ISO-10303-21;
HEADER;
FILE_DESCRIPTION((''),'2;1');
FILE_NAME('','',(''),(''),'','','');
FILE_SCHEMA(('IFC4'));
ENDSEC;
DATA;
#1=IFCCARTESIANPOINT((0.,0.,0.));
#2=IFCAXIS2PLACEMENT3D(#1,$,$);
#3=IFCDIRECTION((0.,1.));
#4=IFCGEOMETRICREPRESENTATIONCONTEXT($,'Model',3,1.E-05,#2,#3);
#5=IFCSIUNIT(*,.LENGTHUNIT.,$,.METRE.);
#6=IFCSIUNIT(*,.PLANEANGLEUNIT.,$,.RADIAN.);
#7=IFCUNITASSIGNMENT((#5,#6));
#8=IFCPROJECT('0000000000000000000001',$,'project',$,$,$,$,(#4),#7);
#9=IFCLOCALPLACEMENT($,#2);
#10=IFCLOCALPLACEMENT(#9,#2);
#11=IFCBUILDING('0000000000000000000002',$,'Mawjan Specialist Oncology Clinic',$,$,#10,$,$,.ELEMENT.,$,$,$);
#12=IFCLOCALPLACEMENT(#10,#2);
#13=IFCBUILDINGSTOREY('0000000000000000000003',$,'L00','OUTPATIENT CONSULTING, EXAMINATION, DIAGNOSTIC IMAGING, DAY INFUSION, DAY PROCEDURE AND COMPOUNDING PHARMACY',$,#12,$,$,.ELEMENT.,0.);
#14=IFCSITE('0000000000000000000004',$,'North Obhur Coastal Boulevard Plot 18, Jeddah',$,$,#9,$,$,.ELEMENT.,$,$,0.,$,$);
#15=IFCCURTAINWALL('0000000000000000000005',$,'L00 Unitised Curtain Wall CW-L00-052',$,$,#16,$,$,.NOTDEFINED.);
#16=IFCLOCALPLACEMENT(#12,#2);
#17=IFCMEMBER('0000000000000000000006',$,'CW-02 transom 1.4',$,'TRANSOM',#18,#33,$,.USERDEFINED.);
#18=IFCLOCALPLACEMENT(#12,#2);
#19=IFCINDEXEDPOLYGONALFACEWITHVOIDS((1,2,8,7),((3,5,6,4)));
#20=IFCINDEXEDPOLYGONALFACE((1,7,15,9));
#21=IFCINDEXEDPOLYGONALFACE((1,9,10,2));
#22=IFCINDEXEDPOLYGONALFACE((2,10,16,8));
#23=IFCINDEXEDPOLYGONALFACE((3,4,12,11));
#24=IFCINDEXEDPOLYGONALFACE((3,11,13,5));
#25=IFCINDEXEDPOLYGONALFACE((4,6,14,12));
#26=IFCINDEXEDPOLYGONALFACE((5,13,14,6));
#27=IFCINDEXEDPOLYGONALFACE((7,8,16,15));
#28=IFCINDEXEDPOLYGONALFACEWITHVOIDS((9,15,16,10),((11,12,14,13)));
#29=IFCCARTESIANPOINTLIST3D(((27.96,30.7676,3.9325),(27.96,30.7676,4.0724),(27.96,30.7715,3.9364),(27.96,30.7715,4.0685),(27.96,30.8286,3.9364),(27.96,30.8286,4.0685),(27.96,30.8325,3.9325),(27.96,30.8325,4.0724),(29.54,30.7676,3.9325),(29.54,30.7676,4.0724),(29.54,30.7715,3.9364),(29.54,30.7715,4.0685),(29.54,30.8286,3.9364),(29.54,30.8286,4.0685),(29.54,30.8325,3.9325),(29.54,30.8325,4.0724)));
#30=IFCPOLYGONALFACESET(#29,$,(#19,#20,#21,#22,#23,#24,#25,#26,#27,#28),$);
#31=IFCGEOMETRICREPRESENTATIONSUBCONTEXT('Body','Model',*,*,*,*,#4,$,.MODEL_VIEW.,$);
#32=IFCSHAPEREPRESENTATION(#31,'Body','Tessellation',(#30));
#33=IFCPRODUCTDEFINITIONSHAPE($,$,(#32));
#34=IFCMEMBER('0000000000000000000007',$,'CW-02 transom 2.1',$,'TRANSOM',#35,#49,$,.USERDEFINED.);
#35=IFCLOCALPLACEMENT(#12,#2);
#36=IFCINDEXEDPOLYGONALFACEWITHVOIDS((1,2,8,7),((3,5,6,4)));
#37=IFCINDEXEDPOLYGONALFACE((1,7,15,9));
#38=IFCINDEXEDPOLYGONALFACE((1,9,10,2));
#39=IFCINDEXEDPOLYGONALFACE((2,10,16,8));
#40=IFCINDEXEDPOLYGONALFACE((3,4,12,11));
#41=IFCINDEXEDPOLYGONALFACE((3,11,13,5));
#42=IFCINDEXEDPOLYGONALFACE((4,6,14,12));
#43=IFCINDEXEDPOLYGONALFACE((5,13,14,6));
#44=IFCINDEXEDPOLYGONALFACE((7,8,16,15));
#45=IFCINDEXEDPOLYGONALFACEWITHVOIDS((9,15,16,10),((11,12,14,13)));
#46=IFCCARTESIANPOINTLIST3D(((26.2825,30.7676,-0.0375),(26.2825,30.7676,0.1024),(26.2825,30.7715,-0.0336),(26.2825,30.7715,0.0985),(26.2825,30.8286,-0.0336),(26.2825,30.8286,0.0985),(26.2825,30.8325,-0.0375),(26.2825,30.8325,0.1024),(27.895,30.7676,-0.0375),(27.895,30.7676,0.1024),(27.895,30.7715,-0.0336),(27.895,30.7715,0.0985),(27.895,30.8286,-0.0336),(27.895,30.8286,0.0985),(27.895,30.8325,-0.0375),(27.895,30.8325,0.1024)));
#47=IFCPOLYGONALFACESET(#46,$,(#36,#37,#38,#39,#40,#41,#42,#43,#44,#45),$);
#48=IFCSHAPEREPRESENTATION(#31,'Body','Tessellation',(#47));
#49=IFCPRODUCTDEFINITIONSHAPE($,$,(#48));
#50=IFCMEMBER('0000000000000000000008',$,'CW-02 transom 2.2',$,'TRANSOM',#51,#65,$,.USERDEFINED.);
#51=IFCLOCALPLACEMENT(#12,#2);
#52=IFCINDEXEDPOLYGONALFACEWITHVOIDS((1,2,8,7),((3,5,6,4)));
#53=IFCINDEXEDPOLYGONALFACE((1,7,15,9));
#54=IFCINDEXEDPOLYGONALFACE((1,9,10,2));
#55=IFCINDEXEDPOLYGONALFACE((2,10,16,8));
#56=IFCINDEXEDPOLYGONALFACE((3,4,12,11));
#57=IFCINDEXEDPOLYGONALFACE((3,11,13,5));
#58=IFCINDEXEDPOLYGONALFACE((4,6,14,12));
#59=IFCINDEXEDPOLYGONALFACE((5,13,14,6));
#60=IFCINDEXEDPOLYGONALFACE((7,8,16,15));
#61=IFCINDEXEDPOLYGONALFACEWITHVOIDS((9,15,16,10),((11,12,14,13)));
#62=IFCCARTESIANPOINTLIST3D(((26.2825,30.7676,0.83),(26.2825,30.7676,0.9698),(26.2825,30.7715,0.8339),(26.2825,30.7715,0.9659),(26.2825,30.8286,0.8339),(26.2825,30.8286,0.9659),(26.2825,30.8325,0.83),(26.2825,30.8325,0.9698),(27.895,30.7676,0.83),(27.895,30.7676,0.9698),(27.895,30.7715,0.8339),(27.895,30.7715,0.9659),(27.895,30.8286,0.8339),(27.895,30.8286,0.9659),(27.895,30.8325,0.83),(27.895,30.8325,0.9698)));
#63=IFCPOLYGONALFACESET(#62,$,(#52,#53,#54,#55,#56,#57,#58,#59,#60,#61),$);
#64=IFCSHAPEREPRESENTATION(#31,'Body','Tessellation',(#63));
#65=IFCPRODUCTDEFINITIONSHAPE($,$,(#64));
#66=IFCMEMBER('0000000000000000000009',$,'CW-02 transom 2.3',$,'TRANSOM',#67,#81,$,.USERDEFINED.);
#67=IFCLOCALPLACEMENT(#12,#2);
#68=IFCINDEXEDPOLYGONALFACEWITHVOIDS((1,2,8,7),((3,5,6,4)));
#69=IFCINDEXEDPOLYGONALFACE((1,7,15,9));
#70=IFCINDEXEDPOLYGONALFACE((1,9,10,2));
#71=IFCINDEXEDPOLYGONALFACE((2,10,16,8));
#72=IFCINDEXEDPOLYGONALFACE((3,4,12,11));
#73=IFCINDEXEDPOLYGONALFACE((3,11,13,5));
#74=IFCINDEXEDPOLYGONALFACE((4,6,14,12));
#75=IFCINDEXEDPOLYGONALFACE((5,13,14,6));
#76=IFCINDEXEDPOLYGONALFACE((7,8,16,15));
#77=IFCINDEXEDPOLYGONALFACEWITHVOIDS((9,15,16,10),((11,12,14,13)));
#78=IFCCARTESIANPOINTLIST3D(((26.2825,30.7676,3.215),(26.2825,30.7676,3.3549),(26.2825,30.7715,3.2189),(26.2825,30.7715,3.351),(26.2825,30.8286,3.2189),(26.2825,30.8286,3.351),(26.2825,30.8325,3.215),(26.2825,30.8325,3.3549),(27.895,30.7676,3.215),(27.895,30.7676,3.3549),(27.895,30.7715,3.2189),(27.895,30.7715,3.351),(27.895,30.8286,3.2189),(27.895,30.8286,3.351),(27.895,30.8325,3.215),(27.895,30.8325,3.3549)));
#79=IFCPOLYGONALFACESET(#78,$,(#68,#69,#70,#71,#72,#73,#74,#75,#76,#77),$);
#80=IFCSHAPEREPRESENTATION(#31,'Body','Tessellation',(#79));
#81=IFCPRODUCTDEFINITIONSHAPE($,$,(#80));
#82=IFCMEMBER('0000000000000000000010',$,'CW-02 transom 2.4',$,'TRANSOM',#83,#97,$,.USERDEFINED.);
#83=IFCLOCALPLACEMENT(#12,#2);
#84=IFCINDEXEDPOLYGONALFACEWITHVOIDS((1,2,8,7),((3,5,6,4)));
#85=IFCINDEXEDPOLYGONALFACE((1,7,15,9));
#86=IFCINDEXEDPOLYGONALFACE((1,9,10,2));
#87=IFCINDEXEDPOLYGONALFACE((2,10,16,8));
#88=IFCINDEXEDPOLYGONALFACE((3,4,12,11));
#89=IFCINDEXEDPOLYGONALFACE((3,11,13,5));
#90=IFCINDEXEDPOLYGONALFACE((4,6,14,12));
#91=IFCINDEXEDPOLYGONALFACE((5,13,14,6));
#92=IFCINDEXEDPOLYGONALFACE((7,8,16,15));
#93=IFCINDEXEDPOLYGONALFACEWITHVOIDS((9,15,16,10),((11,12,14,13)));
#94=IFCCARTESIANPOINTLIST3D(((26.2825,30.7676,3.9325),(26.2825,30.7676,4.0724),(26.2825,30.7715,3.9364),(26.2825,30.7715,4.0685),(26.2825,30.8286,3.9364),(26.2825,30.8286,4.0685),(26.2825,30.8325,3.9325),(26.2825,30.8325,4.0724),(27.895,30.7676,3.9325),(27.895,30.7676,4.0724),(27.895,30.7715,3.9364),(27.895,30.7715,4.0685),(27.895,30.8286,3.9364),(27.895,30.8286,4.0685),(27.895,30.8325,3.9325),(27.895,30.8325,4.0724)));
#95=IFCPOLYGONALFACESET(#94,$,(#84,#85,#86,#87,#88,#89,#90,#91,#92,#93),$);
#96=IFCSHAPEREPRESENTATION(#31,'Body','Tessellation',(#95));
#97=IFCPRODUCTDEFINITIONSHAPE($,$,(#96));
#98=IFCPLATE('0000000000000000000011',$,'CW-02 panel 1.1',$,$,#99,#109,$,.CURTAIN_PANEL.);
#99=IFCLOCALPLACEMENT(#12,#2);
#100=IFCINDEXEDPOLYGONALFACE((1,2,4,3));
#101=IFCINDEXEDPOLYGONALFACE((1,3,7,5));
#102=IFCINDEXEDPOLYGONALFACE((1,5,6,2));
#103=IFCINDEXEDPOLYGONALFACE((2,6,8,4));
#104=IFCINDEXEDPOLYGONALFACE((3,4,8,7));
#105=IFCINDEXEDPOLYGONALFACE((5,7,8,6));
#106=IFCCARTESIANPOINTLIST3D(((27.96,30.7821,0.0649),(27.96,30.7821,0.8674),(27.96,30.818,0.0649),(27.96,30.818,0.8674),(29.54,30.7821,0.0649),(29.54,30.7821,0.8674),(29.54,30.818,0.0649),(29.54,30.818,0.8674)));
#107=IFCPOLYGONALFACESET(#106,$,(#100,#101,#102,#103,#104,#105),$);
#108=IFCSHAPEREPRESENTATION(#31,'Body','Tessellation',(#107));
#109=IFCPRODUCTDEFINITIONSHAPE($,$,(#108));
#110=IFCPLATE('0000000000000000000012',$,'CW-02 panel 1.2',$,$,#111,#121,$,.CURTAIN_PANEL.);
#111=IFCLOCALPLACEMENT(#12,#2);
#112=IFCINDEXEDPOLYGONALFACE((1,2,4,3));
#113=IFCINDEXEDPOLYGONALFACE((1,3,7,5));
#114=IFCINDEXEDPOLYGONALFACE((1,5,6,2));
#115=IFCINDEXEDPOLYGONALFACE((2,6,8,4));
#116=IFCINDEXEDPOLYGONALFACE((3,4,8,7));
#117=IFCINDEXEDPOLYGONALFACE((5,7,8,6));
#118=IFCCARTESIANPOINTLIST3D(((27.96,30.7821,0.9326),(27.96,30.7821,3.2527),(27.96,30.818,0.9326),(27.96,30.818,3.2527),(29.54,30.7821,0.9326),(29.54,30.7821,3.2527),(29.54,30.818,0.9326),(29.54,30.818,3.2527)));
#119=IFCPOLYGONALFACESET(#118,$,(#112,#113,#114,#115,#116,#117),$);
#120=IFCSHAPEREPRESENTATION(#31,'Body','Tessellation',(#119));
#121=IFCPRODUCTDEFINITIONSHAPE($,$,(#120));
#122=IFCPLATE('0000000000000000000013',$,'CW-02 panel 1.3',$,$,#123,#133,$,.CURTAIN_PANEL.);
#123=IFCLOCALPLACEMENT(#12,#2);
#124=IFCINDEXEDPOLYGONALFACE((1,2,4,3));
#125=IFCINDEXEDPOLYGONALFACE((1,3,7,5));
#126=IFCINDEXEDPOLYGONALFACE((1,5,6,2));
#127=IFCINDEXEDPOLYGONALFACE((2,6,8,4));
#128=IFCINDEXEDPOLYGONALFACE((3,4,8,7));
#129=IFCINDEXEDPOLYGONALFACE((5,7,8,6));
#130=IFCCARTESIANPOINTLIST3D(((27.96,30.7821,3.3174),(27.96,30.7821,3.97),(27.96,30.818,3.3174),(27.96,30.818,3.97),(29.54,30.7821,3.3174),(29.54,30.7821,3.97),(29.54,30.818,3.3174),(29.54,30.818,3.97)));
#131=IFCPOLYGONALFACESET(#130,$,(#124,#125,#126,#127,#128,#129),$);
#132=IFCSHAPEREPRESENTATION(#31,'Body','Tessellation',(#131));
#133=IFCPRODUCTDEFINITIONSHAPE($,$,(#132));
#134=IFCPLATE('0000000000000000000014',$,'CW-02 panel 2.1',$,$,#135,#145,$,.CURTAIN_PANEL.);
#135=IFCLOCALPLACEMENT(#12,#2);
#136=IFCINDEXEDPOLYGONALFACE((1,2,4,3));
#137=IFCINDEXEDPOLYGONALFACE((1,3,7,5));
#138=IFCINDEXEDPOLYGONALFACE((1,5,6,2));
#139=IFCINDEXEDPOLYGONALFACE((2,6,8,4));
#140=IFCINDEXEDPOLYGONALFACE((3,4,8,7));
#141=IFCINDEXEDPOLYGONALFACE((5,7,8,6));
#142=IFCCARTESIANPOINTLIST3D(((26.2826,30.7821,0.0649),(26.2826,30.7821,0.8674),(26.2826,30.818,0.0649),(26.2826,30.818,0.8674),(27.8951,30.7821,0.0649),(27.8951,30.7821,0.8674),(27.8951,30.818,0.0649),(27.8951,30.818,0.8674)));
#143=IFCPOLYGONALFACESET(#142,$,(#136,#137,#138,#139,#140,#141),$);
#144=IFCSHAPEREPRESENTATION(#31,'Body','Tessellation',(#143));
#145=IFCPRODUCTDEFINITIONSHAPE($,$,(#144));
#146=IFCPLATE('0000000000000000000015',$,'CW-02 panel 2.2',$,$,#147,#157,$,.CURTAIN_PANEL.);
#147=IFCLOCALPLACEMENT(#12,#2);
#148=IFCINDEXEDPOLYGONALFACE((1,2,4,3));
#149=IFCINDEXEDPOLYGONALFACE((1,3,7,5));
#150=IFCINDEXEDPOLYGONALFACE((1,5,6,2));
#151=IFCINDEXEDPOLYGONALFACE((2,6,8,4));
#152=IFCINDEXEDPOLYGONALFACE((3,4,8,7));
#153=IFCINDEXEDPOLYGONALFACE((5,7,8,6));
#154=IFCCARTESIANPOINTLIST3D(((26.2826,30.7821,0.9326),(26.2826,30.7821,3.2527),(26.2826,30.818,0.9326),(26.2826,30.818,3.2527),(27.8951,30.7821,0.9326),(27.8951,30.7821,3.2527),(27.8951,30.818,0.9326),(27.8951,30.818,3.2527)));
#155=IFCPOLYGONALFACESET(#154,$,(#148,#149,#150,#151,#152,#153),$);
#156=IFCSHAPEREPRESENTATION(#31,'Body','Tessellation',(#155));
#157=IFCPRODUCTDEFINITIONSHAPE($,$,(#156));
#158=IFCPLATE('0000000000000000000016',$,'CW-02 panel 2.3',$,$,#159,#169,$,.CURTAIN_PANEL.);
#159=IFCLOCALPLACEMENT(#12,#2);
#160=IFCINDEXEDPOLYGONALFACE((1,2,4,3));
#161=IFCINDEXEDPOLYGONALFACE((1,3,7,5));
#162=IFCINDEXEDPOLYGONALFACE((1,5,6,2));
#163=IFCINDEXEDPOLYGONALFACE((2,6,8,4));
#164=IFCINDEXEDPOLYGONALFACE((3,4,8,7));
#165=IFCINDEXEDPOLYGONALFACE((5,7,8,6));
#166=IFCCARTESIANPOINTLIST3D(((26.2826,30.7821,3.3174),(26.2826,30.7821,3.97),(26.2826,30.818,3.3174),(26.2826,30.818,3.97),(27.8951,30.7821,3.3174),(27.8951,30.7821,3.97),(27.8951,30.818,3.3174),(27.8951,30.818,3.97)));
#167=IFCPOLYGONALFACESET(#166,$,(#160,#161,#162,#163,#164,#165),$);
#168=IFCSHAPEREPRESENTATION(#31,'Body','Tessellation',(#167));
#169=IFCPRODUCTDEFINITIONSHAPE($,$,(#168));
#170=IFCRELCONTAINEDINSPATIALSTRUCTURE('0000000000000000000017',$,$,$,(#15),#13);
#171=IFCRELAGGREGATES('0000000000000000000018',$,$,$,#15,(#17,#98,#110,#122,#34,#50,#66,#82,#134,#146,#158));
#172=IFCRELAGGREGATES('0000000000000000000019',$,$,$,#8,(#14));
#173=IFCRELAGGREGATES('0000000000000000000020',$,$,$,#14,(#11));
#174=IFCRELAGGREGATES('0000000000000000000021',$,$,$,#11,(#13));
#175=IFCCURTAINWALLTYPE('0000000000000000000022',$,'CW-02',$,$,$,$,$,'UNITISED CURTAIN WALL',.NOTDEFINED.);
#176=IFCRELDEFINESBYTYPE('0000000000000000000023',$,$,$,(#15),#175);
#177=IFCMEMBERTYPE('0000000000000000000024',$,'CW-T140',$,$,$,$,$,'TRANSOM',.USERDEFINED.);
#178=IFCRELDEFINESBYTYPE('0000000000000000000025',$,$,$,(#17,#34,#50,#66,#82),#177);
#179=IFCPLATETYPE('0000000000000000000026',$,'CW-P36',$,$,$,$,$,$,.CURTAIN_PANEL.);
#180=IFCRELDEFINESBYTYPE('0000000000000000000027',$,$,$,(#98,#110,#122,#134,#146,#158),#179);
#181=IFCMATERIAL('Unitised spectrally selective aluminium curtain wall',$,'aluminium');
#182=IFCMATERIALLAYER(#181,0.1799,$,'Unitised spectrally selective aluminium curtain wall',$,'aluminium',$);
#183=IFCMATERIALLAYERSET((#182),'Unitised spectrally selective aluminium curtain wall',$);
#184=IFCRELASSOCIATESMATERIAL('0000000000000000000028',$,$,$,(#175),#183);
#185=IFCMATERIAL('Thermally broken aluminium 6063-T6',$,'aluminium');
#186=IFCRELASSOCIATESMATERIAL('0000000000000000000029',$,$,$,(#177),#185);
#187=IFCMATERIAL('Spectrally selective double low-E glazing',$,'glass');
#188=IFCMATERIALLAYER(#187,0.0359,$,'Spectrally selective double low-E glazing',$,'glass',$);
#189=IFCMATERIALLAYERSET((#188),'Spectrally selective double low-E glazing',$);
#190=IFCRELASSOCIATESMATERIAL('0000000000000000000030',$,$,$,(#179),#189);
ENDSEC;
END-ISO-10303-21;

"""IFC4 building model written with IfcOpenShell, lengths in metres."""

from ifc_helpers import new_model, si_unit, direction, frame, origin, origin_2d, place, context, subcontext, project, spatial, rectangle, hollow_rectangle, extrude, material, layer, layer_set, material_profile, profile_set, type_object, element, aggregate, save


model = new_model("IFC4")

# Units and contexts
model_context = context("Model", 3, precision=1e-05, world=origin(), true_north=direction((0.0, 1.0)))
body_context = subcontext(model_context, "Body", "Model", "MODEL_VIEW")
ifc_project = project(units=[si_unit("LENGTHUNIT", "METRE"), si_unit("PLANEANGLEUNIT", "RADIAN")], contexts=[model_context])

# Site, building, storey
site_placement = place(None, origin())
site = spatial("IfcSite", under=ifc_project, at=site_placement, Name="North Obhur Coastal Boulevard Plot 18, Jeddah", CompositionType="ELEMENT", RefElevation=0.0)
building_placement = place(site_placement, origin())
building = spatial("IfcBuilding", under=site, at=building_placement, Name="Mawjan Specialist Oncology Clinic", CompositionType="ELEMENT")
storey_placement = place(building_placement, origin())
storey = spatial("IfcBuildingStorey", under=building, at=storey_placement, Name="L00", Description="OUTPATIENT CONSULTING, EXAMINATION, DIAGNOSTIC IMAGING, DAY INFUSION, DAY PROCEDURE AND COMPOUNDING PHARMACY", CompositionType="ELEMENT", Elevation=0.0)

# Curtain wall, members, plates
ifc_material_1 = material(Name="Unitised spectrally selective aluminium curtain wall", Category="aluminium")
ifc_layer_1 = layer(ifc_material_1, 0.1799, Name="Unitised spectrally selective aluminium curtain wall", Category="aluminium")
ifc_layer_set_1 = layer_set([ifc_layer_1], Name="Unitised spectrally selective aluminium curtain wall")
curtain_wall_type = type_object("IfcCurtainWallType", Name="CW-02", ElementType="UNITISED CURTAIN WALL", PredefinedType="NOTDEFINED", material=ifc_layer_set_1)
curtain_wall_placement = place(storey_placement, origin())
curtain_wall = element("IfcCurtainWall", 1, at=curtain_wall_placement, inside=storey, type_object=curtain_wall_type, Name="L00 Unitised Curtain Wall CW-L00-052", PredefinedType="NOTDEFINED")
ifc_material_2 = material(Name="Thermally broken aluminium 6063-T6", Category="aluminium")
ifc_material_profile_1 = material_profile(ifc_material_2, hollow_rectangle(XDim=0.0649, YDim=0.1399, WallThickness=0.0039, at=origin_2d()), Name="ALU TRANSOM 140x65x4", Category="aluminium")
ifc_profile_set_1 = profile_set([ifc_material_profile_1], Name="Thermally broken aluminium 6063-T6")
member_type_1 = type_object("IfcMemberType", Name="CW-T140", ElementType="TRANSOM", PredefinedType="USERDEFINED", material=ifc_profile_set_1)
member_1_placement = place(storey_placement, frame((29.54, 30.8, 4.0024), z_axis=(-1.0, 0.0, 0.0), x_axis=(0.0, -1.0, 0.0)))
member_1 = element("IfcMember", 2, at=member_1_placement, type_object=member_type_1, Name="CW-02 transom 1.4", ObjectType="TRANSOM", PredefinedType="USERDEFINED", context=body_context, shape_type="SweptSolid", body=[
    extrude(hollow_rectangle(XDim=0.0649, YDim=0.1399, WallThickness=0.0039, at=origin_2d()), origin(), (0.0, 0.0, 1.0), 1.5801),
])
member_2_placement = place(storey_placement, frame((27.895, 30.8, 0.0325), z_axis=(-1.0, 0.0, 0.0), x_axis=(0.0, -1.0, 0.0)))
member_2 = element("IfcMember", 3, at=member_2_placement, type_object=member_type_1, Name="CW-02 transom 2.1", ObjectType="TRANSOM", PredefinedType="USERDEFINED", context=body_context, shape_type="SweptSolid", body=[
    extrude(hollow_rectangle(XDim=0.0649, YDim=0.1399, WallThickness=0.0039, at=origin_2d()), origin(), (0.0, 0.0, 1.0), 1.6125),
])
member_3_placement = place(storey_placement, frame((27.895, 30.8, 0.8999), z_axis=(-1.0, 0.0, 0.0), x_axis=(0.0, -1.0, 0.0)))
member_3 = element("IfcMember", 4, at=member_3_placement, type_object=member_type_1, Name="CW-02 transom 2.2", ObjectType="TRANSOM", PredefinedType="USERDEFINED", context=body_context, shape_type="SweptSolid", body=[
    extrude(hollow_rectangle(XDim=0.0649, YDim=0.1399, WallThickness=0.0039, at=origin_2d()), origin(), (0.0, 0.0, 1.0), 1.6125),
])
member_4_placement = place(storey_placement, frame((27.895, 30.8, 3.2849), z_axis=(-1.0, 0.0, 0.0), x_axis=(0.0, -1.0, 0.0)))
member_4 = element("IfcMember", 5, at=member_4_placement, type_object=member_type_1, Name="CW-02 transom 2.3", ObjectType="TRANSOM", PredefinedType="USERDEFINED", context=body_context, shape_type="SweptSolid", body=[
    extrude(hollow_rectangle(XDim=0.0649, YDim=0.1399, WallThickness=0.0039, at=origin_2d()), origin(), (0.0, 0.0, 1.0), 1.6125),
])
member_5_placement = place(storey_placement, frame((27.895, 30.8, 4.0024), z_axis=(-1.0, 0.0, 0.0), x_axis=(0.0, -1.0, 0.0)))
member_5 = element("IfcMember", 6, at=member_5_placement, type_object=member_type_1, Name="CW-02 transom 2.4", ObjectType="TRANSOM", PredefinedType="USERDEFINED", context=body_context, shape_type="SweptSolid", body=[
    extrude(hollow_rectangle(XDim=0.0649, YDim=0.1399, WallThickness=0.0039, at=origin_2d()), origin(), (0.0, 0.0, 1.0), 1.6125),
])
ifc_material_3 = material(Name="Spectrally selective double low-E glazing", Category="glass")
ifc_layer_2 = layer(ifc_material_3, 0.0359, Name="Spectrally selective double low-E glazing", Category="glass")
ifc_layer_set_2 = layer_set([ifc_layer_2], Name="Spectrally selective double low-E glazing")
plate_type = type_object("IfcPlateType", Name="CW-P36", PredefinedType="CURTAIN_PANEL", material=ifc_layer_set_2)
plate_1_placement = place(storey_placement, frame((28.75, 30.8, 0.0649), z_axis=(0.0, 0.0, 1.0), x_axis=(-1.0, 0.0, 0.0)))
plate_1 = element("IfcPlate", 7, at=plate_1_placement, type_object=plate_type, Name="CW-02 panel 1.1", PredefinedType="CURTAIN_PANEL", context=body_context, shape_type="SweptSolid", body=[
    extrude(rectangle(XDim=1.5801, YDim=0.0359, at=origin_2d()), origin(), (0.0, 0.0, 1.0), 0.8025),
])
plate_2_placement = place(storey_placement, frame((28.75, 30.8, 0.9326), z_axis=(0.0, 0.0, 1.0), x_axis=(-1.0, 0.0, 0.0)))
plate_2 = element("IfcPlate", 8, at=plate_2_placement, type_object=plate_type, Name="CW-02 panel 1.2", PredefinedType="CURTAIN_PANEL", context=body_context, shape_type="SweptSolid", body=[
    extrude(rectangle(XDim=1.5801, YDim=0.0359, at=origin_2d()), origin(), (0.0, 0.0, 1.0), 2.3201),
])
plate_3_placement = place(storey_placement, frame((28.75, 30.8, 3.3174), z_axis=(0.0, 0.0, 1.0), x_axis=(-1.0, 0.0, 0.0)))
plate_3 = element("IfcPlate", 9, at=plate_3_placement, type_object=plate_type, Name="CW-02 panel 1.3", PredefinedType="CURTAIN_PANEL", context=body_context, shape_type="SweptSolid", body=[
    extrude(rectangle(XDim=1.5801, YDim=0.0359, at=origin_2d()), origin(), (0.0, 0.0, 1.0), 0.6526),
])
plate_4_placement = place(storey_placement, frame((27.0889, 30.8, 0.0649), z_axis=(0.0, 0.0, 1.0), x_axis=(-1.0, 0.0, 0.0)))
plate_4 = element("IfcPlate", 10, at=plate_4_placement, type_object=plate_type, Name="CW-02 panel 2.1", PredefinedType="CURTAIN_PANEL", context=body_context, shape_type="SweptSolid", body=[
    extrude(rectangle(XDim=1.6125, YDim=0.0359, at=origin_2d()), origin(), (0.0, 0.0, 1.0), 0.8025),
])
plate_5_placement = place(storey_placement, frame((27.0889, 30.8, 0.9326), z_axis=(0.0, 0.0, 1.0), x_axis=(-1.0, 0.0, 0.0)))
plate_5 = element("IfcPlate", 11, at=plate_5_placement, type_object=plate_type, Name="CW-02 panel 2.2", PredefinedType="CURTAIN_PANEL", context=body_context, shape_type="SweptSolid", body=[
    extrude(rectangle(XDim=1.6125, YDim=0.0359, at=origin_2d()), origin(), (0.0, 0.0, 1.0), 2.3201),
])
plate_6_placement = place(storey_placement, frame((27.0889, 30.8, 3.3174), z_axis=(0.0, 0.0, 1.0), x_axis=(-1.0, 0.0, 0.0)))
plate_6 = element("IfcPlate", 12, at=plate_6_placement, type_object=plate_type, Name="CW-02 panel 2.3", PredefinedType="CURTAIN_PANEL", context=body_context, shape_type="SweptSolid", body=[
    extrude(rectangle(XDim=1.6125, YDim=0.0359, at=origin_2d()), origin(), (0.0, 0.0, 1.0), 0.6526),
])
aggregate(curtain_wall, [member_1, plate_1, plate_2, plate_3, member_2, member_3, member_4, member_5, plate_4, plate_5, plate_6])

save(model, "model.ifc")
